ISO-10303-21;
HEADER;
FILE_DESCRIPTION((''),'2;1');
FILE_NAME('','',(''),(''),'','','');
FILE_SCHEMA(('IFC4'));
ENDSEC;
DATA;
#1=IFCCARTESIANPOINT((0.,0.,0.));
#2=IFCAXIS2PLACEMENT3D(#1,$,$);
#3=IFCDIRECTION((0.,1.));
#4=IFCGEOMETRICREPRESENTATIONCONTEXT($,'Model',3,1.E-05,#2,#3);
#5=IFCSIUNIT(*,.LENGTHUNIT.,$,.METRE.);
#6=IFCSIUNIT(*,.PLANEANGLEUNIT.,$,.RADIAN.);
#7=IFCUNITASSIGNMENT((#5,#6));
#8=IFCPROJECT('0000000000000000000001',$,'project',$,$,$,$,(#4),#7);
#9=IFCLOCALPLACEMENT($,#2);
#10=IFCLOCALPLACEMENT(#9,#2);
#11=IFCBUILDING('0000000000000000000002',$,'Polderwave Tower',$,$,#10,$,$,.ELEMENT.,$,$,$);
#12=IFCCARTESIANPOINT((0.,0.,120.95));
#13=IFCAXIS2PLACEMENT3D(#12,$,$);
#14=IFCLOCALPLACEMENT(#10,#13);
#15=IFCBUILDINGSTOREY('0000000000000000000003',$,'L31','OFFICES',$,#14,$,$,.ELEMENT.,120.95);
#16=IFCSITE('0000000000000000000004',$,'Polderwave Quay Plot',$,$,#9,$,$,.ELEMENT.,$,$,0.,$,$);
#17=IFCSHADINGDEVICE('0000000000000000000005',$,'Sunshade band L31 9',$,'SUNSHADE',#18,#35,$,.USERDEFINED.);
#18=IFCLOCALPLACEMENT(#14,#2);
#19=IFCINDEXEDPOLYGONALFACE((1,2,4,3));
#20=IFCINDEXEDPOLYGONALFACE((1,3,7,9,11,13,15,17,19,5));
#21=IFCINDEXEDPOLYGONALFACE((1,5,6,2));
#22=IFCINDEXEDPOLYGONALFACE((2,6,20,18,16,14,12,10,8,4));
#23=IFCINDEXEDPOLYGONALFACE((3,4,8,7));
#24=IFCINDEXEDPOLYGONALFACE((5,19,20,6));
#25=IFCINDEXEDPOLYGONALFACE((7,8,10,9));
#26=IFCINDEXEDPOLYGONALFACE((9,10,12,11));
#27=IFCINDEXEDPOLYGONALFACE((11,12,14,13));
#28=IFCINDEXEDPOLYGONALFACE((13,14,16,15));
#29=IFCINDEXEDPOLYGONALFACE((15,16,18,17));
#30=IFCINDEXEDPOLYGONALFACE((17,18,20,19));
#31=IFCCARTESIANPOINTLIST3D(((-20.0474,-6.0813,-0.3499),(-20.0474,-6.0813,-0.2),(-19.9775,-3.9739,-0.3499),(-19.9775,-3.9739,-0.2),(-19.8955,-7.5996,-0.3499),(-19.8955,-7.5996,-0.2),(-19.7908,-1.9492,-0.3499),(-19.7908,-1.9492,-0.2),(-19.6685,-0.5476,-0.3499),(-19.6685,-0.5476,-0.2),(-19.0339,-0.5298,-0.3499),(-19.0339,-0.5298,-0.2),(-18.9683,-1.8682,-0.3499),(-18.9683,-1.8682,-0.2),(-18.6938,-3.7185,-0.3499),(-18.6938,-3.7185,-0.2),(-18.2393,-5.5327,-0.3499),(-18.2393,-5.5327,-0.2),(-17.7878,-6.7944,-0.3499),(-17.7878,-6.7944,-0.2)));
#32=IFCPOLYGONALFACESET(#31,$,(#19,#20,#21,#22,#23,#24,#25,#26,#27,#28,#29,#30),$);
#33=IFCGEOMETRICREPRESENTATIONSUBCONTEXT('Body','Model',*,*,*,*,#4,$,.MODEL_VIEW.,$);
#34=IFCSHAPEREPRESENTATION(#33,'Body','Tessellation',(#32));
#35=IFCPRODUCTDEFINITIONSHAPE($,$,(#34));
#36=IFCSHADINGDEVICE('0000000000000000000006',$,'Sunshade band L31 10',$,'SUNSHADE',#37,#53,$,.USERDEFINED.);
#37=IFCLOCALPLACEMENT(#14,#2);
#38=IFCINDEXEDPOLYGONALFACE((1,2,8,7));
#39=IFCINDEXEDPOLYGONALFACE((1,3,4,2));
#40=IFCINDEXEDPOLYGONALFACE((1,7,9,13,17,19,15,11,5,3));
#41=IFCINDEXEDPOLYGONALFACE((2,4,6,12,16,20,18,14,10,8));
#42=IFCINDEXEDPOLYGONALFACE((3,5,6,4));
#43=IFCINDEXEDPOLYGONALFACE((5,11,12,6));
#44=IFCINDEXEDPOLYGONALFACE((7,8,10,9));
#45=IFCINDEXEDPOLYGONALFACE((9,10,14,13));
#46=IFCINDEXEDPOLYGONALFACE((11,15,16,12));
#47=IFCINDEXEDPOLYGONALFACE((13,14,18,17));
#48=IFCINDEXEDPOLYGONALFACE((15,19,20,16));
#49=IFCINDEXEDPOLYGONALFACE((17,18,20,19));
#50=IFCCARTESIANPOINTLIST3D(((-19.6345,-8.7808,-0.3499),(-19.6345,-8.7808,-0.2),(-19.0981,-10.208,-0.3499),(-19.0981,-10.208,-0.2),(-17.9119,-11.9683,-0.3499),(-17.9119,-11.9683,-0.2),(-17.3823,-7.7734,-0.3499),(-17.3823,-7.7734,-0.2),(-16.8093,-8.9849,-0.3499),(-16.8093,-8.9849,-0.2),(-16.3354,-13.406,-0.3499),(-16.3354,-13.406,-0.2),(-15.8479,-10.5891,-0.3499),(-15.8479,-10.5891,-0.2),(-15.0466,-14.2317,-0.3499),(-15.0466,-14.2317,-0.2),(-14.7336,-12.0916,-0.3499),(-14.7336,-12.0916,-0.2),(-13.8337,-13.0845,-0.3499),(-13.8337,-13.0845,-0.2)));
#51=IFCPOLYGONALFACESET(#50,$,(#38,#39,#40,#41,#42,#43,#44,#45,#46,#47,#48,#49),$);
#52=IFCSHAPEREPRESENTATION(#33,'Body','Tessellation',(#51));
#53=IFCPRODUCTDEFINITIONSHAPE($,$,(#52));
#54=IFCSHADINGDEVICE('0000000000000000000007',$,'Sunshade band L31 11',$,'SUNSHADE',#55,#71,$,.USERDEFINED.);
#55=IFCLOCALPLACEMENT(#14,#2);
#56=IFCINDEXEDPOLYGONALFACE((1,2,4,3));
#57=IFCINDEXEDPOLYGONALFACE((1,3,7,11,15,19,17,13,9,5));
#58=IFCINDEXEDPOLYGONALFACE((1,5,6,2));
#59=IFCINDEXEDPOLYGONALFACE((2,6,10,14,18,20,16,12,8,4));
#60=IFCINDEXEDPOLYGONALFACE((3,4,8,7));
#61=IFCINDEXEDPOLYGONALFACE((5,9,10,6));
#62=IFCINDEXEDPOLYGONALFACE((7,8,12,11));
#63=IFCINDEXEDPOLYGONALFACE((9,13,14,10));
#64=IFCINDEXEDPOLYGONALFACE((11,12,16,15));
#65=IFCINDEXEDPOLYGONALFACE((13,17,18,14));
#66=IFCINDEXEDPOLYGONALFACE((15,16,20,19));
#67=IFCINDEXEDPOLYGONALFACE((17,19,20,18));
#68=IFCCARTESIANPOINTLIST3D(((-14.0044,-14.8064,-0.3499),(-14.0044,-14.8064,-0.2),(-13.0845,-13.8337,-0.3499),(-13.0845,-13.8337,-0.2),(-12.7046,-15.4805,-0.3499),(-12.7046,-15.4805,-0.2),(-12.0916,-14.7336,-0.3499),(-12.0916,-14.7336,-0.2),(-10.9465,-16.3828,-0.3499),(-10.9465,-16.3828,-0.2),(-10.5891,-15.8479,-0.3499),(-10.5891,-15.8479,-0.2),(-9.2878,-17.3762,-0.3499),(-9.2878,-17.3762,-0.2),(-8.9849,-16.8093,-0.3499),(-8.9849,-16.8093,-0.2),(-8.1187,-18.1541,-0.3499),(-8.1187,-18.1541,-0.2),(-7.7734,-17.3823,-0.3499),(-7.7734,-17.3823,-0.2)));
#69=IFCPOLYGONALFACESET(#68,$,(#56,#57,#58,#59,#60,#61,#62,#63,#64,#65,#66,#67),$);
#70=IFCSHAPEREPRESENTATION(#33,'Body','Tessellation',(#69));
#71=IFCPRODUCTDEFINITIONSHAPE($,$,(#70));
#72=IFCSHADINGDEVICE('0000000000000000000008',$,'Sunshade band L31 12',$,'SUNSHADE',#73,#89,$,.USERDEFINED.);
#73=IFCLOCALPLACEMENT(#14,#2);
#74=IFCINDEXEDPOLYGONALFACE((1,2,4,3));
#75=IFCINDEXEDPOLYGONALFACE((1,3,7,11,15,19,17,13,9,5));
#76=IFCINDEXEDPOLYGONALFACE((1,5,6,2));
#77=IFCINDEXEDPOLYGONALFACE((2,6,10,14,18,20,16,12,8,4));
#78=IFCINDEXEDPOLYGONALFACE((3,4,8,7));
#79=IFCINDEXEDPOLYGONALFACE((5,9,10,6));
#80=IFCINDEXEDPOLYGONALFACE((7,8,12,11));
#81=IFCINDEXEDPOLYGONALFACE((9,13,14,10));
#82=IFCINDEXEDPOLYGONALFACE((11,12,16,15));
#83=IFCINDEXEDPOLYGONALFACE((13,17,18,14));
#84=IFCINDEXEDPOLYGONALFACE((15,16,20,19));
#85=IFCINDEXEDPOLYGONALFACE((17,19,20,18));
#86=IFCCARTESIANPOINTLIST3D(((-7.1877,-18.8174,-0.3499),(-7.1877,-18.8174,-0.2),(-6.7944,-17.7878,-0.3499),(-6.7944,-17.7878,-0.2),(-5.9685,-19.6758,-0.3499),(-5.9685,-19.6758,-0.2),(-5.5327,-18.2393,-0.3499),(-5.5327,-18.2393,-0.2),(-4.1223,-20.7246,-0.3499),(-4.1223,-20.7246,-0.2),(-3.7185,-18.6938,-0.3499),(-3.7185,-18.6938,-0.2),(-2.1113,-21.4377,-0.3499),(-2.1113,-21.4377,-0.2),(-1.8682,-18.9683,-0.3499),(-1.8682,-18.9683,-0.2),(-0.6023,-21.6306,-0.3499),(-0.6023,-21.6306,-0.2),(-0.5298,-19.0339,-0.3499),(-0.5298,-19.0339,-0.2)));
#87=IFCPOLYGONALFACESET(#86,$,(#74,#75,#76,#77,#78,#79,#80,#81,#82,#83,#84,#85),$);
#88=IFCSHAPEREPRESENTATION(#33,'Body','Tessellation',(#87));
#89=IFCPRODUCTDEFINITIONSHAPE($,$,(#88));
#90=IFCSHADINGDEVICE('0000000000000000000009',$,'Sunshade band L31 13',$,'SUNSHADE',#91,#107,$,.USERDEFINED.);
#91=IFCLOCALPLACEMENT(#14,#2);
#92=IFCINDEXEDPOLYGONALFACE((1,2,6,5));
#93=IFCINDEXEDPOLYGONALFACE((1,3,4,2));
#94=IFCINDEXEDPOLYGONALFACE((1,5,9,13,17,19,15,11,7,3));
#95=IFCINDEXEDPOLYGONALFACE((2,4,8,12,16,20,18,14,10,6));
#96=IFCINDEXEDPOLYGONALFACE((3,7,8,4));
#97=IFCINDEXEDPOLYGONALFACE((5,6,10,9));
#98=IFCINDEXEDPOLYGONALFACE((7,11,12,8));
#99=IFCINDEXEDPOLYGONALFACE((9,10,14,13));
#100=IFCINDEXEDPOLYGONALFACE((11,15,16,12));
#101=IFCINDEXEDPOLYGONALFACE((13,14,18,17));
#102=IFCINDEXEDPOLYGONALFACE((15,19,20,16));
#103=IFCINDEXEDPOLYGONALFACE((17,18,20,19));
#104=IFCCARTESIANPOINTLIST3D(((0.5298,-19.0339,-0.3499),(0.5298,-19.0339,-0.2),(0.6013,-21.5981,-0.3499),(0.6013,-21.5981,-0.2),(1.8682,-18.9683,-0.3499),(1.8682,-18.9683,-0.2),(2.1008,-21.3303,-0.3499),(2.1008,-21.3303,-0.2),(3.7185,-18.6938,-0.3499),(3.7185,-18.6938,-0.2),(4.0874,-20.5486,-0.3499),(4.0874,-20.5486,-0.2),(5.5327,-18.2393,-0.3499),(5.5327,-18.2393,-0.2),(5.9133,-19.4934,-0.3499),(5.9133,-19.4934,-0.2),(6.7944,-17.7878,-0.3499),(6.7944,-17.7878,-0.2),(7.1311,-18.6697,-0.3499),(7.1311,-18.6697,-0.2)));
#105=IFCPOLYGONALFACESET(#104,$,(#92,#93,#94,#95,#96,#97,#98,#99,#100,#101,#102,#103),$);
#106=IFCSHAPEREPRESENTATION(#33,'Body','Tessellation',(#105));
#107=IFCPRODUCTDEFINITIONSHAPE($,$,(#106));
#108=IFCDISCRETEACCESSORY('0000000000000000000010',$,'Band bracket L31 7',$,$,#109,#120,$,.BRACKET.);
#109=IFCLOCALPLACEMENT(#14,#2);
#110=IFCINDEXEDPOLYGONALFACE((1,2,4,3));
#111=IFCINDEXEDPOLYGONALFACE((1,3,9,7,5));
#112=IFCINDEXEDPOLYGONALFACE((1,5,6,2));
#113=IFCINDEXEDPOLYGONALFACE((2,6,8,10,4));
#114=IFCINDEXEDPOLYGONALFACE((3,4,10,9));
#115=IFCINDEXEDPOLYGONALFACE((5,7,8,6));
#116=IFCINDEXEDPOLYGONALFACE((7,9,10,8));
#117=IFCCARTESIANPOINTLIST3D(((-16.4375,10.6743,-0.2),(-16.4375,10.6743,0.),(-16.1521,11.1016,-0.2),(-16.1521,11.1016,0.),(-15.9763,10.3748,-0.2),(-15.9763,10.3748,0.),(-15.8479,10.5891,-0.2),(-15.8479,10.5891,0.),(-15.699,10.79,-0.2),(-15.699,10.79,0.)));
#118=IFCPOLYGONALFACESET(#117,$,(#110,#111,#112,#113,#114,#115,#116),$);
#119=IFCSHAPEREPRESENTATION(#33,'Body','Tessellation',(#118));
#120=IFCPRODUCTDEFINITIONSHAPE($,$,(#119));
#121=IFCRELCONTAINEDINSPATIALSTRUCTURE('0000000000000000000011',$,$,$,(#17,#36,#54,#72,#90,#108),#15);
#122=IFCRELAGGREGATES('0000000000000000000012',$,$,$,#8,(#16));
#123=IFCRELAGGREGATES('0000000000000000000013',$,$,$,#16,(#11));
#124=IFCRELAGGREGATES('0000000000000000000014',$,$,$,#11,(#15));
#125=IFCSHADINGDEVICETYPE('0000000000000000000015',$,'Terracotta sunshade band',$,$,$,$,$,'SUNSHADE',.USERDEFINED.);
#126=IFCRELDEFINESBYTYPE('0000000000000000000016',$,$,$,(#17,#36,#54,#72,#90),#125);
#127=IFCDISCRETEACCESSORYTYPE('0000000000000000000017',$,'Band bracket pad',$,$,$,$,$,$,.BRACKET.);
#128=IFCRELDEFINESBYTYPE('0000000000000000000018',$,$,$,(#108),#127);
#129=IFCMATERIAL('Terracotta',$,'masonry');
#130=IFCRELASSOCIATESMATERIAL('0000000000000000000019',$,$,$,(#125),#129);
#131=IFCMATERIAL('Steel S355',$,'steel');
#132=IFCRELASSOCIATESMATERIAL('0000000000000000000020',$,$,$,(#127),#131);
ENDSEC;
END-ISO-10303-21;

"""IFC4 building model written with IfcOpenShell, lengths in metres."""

from ifc_helpers import new_model, si_unit, direction, frame, origin, place, context, subcontext, project, spatial, polyline, outline, extrude, material, type_object, element, save


model = new_model("IFC4")

# Units and contexts
model_context = context("Model", 3, precision=1e-05, world=origin(), true_north=direction((0.0, 1.0)))
body_context = subcontext(model_context, "Body", "Model", "MODEL_VIEW")
ifc_project = project(units=[si_unit("LENGTHUNIT", "METRE"), si_unit("PLANEANGLEUNIT", "RADIAN")], contexts=[model_context])

# Site, building, storey
site_placement = place(None, origin())
site = spatial("IfcSite", under=ifc_project, at=site_placement, Name="Polderwave Quay Plot", CompositionType="ELEMENT", RefElevation=0.0)
building_placement = place(site_placement, origin())
building = spatial("IfcBuilding", under=site, at=building_placement, Name="Polderwave Tower", CompositionType="ELEMENT")
storey_placement = place(building_placement, frame((0.0, 0.0, 120.95)))
storey = spatial("IfcBuildingStorey", under=building, at=storey_placement, Name="L31", Description="OFFICES", CompositionType="ELEMENT", Elevation=120.95)

# Shading devices
ifc_material_1 = material(Name="Terracotta", Category="masonry")
shading_device_type = type_object("IfcShadingDeviceType", Name="Terracotta sunshade band", ElementType="SUNSHADE", PredefinedType="USERDEFINED", material=ifc_material_1)
shading_device_1_placement = place(storey_placement, frame((0.0, 0.0, -0.3499)))
element("IfcShadingDevice", 1, at=shading_device_1_placement, inside=storey, type_object=shading_device_type, Name="Sunshade band L31 9", ObjectType="SUNSHADE", PredefinedType="USERDEFINED", context=body_context, shape_type="SweptSolid", body=[
    extrude(outline(polyline([(-19.0339, -0.5298), (-18.9683, -1.8682), (-18.6938, -3.7185), (-18.2393, -5.5327), (-17.7878, -6.7944), (-19.8955, -7.5996), (-20.0474, -6.0813), (-19.9775, -3.9739), (-19.7908, -1.9492), (-19.6685, -0.5476), (-19.0339, -0.5298)])), origin(), (0.0, 0.0, 1.0), 0.1499),
])
shading_device_2_placement = place(storey_placement, frame((0.0, 0.0, -0.3499)))
element("IfcShadingDevice", 2, at=shading_device_2_placement, inside=storey, type_object=shading_device_type, Name="Sunshade band L31 10", ObjectType="SUNSHADE", PredefinedType="USERDEFINED", context=body_context, shape_type="SweptSolid", body=[
    extrude(outline(polyline([(-17.3823, -7.7734), (-16.8093, -8.9849), (-15.8479, -10.5891), (-14.7336, -12.0916), (-13.8337, -13.0845), (-15.0466, -14.2317), (-16.3354, -13.406), (-17.9119, -11.9683), (-19.0981, -10.208), (-19.6345, -8.7808), (-17.3823, -7.7734)])), origin(), (0.0, 0.0, 1.0), 0.1499),
])
shading_device_3_placement = place(storey_placement, frame((0.0, 0.0, -0.3499)))
element("IfcShadingDevice", 3, at=shading_device_3_placement, inside=storey, type_object=shading_device_type, Name="Sunshade band L31 11", ObjectType="SUNSHADE", PredefinedType="USERDEFINED", context=body_context, shape_type="SweptSolid", body=[
    extrude(outline(polyline([(-13.0845, -13.8337), (-12.0916, -14.7336), (-10.5891, -15.8479), (-8.9849, -16.8093), (-7.7734, -17.3823), (-8.1187, -18.1541), (-9.2878, -17.3762), (-10.9465, -16.3828), (-12.7046, -15.4805), (-14.0044, -14.8064), (-13.0845, -13.8337)])), origin(), (0.0, 0.0, 1.0), 0.1499),
])
shading_device_4_placement = place(storey_placement, frame((0.0, 0.0, -0.3499)))
element("IfcShadingDevice", 4, at=shading_device_4_placement, inside=storey, type_object=shading_device_type, Name="Sunshade band L31 12", ObjectType="SUNSHADE", PredefinedType="USERDEFINED", context=body_context, shape_type="SweptSolid", body=[
    extrude(outline(polyline([(-6.7944, -17.7878), (-5.5327, -18.2393), (-3.7185, -18.6938), (-1.8682, -18.9683), (-0.5298, -19.0339), (-0.6023, -21.6306), (-2.1113, -21.4377), (-4.1223, -20.7246), (-5.9685, -19.6758), (-7.1877, -18.8174), (-6.7944, -17.7878)])), origin(), (0.0, 0.0, 1.0), 0.1499),
])
shading_device_5_placement = place(storey_placement, frame((0.0, 0.0, -0.3499)))
element("IfcShadingDevice", 5, at=shading_device_5_placement, inside=storey, type_object=shading_device_type, Name="Sunshade band L31 13", ObjectType="SUNSHADE", PredefinedType="USERDEFINED", context=body_context, shape_type="SweptSolid", body=[
    extrude(outline(polyline([(0.5298, -19.0339), (1.8682, -18.9683), (3.7185, -18.6938), (5.5327, -18.2393), (6.7944, -17.7878), (7.1311, -18.6697), (5.9133, -19.4934), (4.0874, -20.5486), (2.1008, -21.3303), (0.6013, -21.5981), (0.5298, -19.0339)])), origin(), (0.0, 0.0, 1.0), 0.1499),
])

# Discrete accessory
ifc_material_2 = material(Name="Steel S355", Category="steel")
discrete_accessory_type = type_object("IfcDiscreteAccessoryType", Name="Band bracket pad", PredefinedType="BRACKET", material=ifc_material_2)
discrete_accessory_placement = place(storey_placement, frame((0.0, 0.0, -0.2)))
element("IfcDiscreteAccessory", 6, at=discrete_accessory_placement, inside=storey, type_object=discrete_accessory_type, Name="Band bracket L31 7", PredefinedType="BRACKET", context=body_context, shape_type="SweptSolid", body=[
    extrude(outline(polyline([(-15.699, 10.79), (-15.8479, 10.5891), (-15.9763, 10.3748), (-16.4375, 10.6743), (-16.1521, 11.1016), (-15.699, 10.79)])), origin(), (0.0, 0.0, 1.0), 0.2),
])

save(model, "model.ifc")
